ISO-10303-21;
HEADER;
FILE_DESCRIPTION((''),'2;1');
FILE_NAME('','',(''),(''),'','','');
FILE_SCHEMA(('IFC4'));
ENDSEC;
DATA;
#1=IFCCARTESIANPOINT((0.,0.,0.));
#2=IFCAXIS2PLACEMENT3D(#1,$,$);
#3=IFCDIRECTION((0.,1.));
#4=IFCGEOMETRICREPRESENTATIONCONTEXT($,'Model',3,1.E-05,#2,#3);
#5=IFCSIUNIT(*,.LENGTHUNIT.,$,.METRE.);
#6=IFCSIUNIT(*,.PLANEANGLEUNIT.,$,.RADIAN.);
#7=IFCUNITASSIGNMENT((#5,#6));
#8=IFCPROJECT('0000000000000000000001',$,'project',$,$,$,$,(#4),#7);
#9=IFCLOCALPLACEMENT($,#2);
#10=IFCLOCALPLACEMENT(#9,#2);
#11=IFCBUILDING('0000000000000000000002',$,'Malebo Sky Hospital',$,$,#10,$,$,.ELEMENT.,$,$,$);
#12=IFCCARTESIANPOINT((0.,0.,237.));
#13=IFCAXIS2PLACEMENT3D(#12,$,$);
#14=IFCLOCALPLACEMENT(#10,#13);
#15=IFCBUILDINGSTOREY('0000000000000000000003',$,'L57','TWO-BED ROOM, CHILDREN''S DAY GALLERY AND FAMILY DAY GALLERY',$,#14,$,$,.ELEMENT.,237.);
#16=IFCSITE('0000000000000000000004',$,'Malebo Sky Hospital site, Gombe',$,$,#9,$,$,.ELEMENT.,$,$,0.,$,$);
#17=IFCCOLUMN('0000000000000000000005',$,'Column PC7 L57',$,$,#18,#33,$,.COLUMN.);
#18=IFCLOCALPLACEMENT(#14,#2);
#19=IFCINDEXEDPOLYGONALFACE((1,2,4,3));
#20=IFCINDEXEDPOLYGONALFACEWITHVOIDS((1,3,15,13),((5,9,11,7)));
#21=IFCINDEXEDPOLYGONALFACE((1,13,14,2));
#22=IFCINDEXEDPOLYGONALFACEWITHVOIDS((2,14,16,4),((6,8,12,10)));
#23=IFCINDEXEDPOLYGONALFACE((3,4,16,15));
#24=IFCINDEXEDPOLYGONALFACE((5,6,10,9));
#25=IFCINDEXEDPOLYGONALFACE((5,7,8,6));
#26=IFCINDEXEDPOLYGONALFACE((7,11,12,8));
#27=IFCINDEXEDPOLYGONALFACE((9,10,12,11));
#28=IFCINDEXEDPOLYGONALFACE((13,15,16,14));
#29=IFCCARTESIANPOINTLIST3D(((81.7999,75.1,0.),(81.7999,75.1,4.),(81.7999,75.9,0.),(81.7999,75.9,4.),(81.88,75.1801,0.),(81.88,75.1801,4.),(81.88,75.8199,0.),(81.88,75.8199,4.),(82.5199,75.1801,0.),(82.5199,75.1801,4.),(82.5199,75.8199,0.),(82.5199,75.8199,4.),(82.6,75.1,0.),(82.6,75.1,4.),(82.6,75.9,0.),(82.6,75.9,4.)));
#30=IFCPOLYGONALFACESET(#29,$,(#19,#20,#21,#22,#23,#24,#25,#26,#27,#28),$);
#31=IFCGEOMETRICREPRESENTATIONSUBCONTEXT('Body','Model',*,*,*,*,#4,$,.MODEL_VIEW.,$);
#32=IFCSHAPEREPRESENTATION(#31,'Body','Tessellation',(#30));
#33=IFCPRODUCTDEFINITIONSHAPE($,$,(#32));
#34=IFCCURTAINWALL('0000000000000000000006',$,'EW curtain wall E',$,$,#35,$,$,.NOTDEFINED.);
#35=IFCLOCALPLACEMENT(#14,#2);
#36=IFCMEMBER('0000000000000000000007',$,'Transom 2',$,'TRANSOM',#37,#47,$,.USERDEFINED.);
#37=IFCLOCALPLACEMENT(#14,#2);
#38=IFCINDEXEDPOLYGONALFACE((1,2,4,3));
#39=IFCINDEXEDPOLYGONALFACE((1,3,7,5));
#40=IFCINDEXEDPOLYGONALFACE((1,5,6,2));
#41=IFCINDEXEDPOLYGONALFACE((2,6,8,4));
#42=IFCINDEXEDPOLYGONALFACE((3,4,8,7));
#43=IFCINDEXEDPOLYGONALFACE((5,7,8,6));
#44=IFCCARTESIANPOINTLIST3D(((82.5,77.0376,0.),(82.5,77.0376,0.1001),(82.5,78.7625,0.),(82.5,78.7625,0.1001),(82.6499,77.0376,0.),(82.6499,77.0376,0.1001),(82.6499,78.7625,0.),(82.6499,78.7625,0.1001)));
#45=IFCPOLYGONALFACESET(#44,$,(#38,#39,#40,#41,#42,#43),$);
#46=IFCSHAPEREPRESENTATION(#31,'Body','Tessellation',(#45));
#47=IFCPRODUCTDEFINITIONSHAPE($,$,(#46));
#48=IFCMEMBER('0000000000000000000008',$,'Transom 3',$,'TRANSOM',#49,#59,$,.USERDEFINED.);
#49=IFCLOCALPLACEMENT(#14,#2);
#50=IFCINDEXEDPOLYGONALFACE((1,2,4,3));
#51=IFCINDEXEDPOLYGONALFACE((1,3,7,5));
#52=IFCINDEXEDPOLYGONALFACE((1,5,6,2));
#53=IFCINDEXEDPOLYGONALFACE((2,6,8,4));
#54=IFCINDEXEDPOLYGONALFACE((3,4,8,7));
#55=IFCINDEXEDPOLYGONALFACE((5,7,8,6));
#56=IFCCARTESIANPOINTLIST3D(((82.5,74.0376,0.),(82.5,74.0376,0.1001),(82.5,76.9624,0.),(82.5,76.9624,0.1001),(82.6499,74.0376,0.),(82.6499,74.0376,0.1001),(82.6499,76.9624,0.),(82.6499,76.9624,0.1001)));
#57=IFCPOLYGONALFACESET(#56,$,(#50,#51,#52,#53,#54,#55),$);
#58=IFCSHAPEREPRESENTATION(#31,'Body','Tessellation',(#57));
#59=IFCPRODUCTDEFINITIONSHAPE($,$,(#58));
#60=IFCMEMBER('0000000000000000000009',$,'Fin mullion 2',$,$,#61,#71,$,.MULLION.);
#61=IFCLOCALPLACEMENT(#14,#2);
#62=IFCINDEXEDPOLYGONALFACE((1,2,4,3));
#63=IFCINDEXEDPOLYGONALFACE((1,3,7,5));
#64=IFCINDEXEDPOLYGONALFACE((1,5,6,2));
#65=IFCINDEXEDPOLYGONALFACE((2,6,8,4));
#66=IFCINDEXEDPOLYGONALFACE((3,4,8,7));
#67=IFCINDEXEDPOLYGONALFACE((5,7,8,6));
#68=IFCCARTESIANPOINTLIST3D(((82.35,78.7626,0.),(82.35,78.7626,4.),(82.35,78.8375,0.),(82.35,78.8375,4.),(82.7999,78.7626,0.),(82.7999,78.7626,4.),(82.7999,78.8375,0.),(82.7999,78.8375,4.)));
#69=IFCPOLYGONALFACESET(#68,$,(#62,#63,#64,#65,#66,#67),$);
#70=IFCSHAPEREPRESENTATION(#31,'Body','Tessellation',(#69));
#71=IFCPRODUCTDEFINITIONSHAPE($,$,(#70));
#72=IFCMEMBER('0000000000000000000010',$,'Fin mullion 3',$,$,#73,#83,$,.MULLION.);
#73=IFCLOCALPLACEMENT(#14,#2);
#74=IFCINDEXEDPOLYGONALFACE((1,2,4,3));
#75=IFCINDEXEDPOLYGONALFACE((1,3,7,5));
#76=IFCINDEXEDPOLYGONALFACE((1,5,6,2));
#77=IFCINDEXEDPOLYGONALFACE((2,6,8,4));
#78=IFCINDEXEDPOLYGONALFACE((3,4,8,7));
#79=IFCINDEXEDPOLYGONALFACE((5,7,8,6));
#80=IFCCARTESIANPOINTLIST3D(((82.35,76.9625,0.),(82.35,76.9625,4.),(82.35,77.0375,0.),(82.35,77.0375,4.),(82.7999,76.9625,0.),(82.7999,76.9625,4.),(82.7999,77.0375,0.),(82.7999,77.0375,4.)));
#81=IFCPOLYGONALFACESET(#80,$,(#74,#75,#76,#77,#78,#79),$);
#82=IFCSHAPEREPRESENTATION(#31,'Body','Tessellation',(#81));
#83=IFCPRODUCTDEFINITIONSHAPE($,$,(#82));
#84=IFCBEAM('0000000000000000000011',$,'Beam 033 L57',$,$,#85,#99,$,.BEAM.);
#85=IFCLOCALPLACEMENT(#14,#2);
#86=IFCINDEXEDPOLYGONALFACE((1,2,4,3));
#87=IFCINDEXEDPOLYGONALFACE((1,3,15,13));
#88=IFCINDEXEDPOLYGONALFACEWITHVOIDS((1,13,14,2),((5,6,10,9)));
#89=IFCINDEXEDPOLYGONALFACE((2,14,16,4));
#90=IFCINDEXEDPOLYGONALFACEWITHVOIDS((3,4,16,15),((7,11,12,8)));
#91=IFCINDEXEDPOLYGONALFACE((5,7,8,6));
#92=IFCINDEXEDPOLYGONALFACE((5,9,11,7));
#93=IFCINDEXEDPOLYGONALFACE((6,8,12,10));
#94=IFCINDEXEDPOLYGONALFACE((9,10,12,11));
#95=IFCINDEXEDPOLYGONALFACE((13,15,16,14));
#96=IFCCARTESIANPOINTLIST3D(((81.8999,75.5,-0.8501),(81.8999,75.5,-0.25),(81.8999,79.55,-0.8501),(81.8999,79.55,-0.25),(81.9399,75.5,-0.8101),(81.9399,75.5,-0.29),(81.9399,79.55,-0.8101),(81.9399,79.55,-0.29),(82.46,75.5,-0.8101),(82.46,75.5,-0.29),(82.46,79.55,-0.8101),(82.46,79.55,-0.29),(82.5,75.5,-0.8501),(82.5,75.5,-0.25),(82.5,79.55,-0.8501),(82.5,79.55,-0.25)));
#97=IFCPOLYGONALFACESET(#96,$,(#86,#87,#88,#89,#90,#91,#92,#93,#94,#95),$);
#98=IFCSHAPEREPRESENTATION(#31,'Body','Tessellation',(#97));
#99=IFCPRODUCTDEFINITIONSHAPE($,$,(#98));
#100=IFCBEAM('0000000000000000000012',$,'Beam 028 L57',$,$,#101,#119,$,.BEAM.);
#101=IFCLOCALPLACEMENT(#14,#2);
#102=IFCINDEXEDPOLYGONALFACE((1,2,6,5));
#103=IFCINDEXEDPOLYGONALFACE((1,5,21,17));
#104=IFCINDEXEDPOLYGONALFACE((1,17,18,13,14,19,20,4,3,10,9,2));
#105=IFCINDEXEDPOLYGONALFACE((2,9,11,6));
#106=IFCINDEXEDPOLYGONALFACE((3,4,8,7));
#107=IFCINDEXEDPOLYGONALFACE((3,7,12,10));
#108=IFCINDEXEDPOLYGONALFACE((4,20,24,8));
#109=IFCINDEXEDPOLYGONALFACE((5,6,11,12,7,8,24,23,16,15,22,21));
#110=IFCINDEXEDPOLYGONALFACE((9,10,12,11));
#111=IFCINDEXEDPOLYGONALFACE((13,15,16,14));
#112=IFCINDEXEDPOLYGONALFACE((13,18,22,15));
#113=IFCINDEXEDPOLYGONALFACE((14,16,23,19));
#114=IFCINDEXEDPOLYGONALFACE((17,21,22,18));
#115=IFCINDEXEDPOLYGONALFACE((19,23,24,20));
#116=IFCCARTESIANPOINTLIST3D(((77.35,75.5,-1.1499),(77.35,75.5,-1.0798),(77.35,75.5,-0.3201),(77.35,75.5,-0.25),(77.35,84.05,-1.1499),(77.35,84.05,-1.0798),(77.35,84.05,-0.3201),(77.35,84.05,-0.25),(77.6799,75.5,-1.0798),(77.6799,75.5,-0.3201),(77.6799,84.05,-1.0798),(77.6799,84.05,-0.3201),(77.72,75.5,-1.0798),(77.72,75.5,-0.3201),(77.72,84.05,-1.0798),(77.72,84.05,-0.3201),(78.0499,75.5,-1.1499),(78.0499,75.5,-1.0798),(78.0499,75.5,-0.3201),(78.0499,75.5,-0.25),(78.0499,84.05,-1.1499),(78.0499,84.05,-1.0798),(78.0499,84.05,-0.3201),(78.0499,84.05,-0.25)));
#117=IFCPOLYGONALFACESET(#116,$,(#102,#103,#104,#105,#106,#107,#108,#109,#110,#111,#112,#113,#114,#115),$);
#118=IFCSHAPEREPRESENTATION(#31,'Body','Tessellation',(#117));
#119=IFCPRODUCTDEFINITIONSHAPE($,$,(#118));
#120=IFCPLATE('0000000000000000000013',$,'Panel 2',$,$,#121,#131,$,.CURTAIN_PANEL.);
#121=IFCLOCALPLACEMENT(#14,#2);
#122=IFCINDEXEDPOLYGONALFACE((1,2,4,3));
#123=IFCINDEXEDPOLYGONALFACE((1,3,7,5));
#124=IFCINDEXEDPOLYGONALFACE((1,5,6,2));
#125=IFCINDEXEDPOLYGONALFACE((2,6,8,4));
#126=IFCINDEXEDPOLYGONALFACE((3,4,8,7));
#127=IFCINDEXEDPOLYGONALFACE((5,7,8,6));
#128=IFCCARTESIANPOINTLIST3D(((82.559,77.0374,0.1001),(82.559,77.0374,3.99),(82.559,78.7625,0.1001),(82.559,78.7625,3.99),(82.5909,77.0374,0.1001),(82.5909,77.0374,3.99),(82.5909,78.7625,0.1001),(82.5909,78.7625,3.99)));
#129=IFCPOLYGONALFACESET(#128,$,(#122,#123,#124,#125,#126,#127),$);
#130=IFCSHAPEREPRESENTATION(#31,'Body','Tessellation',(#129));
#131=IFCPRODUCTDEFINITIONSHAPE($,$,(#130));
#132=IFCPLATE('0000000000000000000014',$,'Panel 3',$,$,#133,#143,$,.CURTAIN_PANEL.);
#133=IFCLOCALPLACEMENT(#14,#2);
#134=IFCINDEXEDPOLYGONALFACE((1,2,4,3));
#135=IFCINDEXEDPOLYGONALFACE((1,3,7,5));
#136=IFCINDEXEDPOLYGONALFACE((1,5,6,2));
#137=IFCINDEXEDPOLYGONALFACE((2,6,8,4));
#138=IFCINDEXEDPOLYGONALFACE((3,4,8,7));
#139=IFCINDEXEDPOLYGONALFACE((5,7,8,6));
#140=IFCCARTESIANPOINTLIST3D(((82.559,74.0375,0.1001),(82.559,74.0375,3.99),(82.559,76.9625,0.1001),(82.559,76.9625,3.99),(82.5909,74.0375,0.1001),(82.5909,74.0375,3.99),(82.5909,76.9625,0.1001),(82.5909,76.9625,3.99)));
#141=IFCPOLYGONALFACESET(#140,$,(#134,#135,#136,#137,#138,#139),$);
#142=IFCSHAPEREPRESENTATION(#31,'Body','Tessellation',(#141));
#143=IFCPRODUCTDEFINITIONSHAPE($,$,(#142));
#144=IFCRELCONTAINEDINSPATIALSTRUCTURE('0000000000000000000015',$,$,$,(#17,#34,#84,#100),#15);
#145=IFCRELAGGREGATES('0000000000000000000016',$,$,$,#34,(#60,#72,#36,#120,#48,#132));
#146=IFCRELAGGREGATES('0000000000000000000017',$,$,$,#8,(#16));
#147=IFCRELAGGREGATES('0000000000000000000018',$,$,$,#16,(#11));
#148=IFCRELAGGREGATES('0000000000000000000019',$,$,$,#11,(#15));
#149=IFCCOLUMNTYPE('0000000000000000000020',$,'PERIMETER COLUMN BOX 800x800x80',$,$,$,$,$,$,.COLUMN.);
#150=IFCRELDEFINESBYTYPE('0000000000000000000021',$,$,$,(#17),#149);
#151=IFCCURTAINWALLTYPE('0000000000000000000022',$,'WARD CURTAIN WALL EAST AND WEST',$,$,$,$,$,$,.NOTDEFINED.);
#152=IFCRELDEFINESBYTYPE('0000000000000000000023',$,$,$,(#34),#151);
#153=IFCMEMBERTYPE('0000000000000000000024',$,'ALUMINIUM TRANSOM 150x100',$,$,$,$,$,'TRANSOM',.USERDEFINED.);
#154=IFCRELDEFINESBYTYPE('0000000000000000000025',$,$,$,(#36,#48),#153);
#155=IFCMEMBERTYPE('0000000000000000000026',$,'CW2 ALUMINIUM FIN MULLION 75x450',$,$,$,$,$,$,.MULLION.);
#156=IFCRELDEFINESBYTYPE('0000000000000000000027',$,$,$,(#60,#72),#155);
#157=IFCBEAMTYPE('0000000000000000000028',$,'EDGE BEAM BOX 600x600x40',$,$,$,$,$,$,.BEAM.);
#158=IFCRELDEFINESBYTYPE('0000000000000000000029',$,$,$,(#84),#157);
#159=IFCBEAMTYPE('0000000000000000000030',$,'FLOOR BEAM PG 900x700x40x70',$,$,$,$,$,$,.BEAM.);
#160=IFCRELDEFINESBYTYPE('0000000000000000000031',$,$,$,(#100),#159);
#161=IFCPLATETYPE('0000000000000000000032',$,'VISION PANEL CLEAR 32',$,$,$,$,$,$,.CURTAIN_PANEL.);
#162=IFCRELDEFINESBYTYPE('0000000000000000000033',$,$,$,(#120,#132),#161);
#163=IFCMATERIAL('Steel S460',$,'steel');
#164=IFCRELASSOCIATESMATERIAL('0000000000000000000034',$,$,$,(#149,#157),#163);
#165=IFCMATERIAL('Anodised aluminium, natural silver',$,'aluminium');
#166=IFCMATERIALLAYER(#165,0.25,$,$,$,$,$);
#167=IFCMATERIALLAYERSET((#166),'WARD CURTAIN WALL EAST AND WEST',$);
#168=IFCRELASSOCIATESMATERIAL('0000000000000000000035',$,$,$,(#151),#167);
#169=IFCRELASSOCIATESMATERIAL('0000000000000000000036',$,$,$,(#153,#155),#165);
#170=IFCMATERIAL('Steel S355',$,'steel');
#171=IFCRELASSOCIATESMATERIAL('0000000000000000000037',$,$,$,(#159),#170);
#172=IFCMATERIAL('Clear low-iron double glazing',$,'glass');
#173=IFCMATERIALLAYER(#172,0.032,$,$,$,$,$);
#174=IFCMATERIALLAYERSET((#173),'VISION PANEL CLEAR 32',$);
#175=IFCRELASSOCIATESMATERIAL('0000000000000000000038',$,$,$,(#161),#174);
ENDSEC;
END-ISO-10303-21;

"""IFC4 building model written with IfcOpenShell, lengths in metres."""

from ifc_helpers import new_model, si_unit, direction, frame, origin, origin_2d, place, context, subcontext, project, spatial, rectangle, hollow_rectangle, i_section, extrude, material, layer, layer_set, material_profile, profile_set, type_object, element, aggregate, save


model = new_model("IFC4")

# Units and contexts
model_context = context("Model", 3, precision=1e-05, world=origin(), true_north=direction((0.0, 1.0)))
body_context = subcontext(model_context, "Body", "Model", "MODEL_VIEW")
ifc_project = project(units=[si_unit("LENGTHUNIT", "METRE"), si_unit("PLANEANGLEUNIT", "RADIAN")], contexts=[model_context])

# Site, building, storey
site_placement = place(None, origin())
site = spatial("IfcSite", under=ifc_project, at=site_placement, Name="Malebo Sky Hospital site, Gombe", CompositionType="ELEMENT", RefElevation=0.0)
building_placement = place(site_placement, origin())
building = spatial("IfcBuilding", under=site, at=building_placement, Name="Malebo Sky Hospital", CompositionType="ELEMENT")
storey_placement = place(building_placement, frame((0.0, 0.0, 237.0)))
storey = spatial("IfcBuildingStorey", under=building, at=storey_placement, Name="L57", Description="TWO-BED ROOM, CHILDREN'S DAY GALLERY AND FAMILY DAY GALLERY", CompositionType="ELEMENT", Elevation=237.0)

# Column
ifc_material_1 = material(Name="Steel S460", Category="steel")
ifc_material_profile_1 = material_profile(ifc_material_1, hollow_rectangle(XDim=0.8, YDim=0.8, WallThickness=0.0801, at=origin_2d()), Name="BOX 800x800x80")
ifc_profile_set_1 = profile_set([ifc_material_profile_1], Name="Steel S460")
column_type = type_object("IfcColumnType", Name="PERIMETER COLUMN BOX 800x800x80", PredefinedType="COLUMN", material=ifc_profile_set_1)
column_placement = place(storey_placement, frame((82.2, 75.5, 0.0), z_axis=(0.0, 0.0, 1.0), x_axis=(1.0, 0.0, 0.0)))
element("IfcColumn", 1, at=column_placement, inside=storey, type_object=column_type, Name="Column PC7 L57", PredefinedType="COLUMN", context=body_context, shape_type="SweptSolid", body=[
    extrude(hollow_rectangle(XDim=0.8, YDim=0.8, WallThickness=0.0801, at=origin_2d()), origin(), (0.0, 0.0, 1.0), 4.0),
])

# Curtain wall, members
ifc_material_2 = material(Name="Anodised aluminium, natural silver", Category="aluminium")
ifc_layer_1 = layer(ifc_material_2, 0.25)
ifc_layer_set_1 = layer_set([ifc_layer_1], Name="WARD CURTAIN WALL EAST AND WEST")
curtain_wall_type = type_object("IfcCurtainWallType", Name="WARD CURTAIN WALL EAST AND WEST", PredefinedType="NOTDEFINED", material=ifc_layer_set_1)
curtain_wall_placement = place(storey_placement, origin())
curtain_wall = element("IfcCurtainWall", 2, at=curtain_wall_placement, inside=storey, type_object=curtain_wall_type, Name="EW curtain wall E", PredefinedType="NOTDEFINED")
ifc_material_profile_2 = material_profile(ifc_material_2, rectangle(XDim=0.1499, YDim=0.1001, at=origin_2d()), Name="ALUMINIUM TRANSOM 150x100")
ifc_profile_set_2 = profile_set([ifc_material_profile_2], Name="Anodised aluminium, natural silver")
member_type_1 = type_object("IfcMemberType", Name="ALUMINIUM TRANSOM 150x100", ElementType="TRANSOM", PredefinedType="USERDEFINED", material=ifc_profile_set_2)
member_1_placement = place(storey_placement, frame((82.575, 78.7625, 0.05), z_axis=(0.0, -1.0, 0.0), x_axis=(1.0, 0.0, 0.0)))
member_1 = element("IfcMember", 3, at=member_1_placement, type_object=member_type_1, Name="Transom 2", ObjectType="TRANSOM", PredefinedType="USERDEFINED", context=body_context, shape_type="SweptSolid", body=[
    extrude(rectangle(XDim=0.1499, YDim=0.1001, at=origin_2d()), origin(), (0.0, 0.0, 1.0), 1.7249),
])
member_2_placement = place(storey_placement, frame((82.575, 76.9624, 0.05), z_axis=(0.0, -1.0, 0.0), x_axis=(1.0, 0.0, 0.0)))
member_2 = element("IfcMember", 4, at=member_2_placement, type_object=member_type_1, Name="Transom 3", ObjectType="TRANSOM", PredefinedType="USERDEFINED", context=body_context, shape_type="SweptSolid", body=[
    extrude(rectangle(XDim=0.1499, YDim=0.1001, at=origin_2d()), origin(), (0.0, 0.0, 1.0), 2.9248),
])
ifc_material_profile_3 = material_profile(ifc_material_2, rectangle(XDim=0.075, YDim=0.45, at=origin_2d()), Name="CW2 ALUMINIUM FIN MULLION 75x450")
ifc_profile_set_3 = profile_set([ifc_material_profile_3], Name="Anodised aluminium, natural silver")
member_type_2 = type_object("IfcMemberType", Name="CW2 ALUMINIUM FIN MULLION 75x450", PredefinedType="MULLION", material=ifc_profile_set_3)
member_3_placement = place(storey_placement, frame((82.575, 78.8, 0.0), z_axis=(0.0, 0.0, 1.0), x_axis=(0.0, -1.0, 0.0)))
member_3 = element("IfcMember", 5, at=member_3_placement, type_object=member_type_2, Name="Fin mullion 2", PredefinedType="MULLION", context=body_context, shape_type="SweptSolid", body=[
    extrude(rectangle(XDim=0.075, YDim=0.45, at=origin_2d()), origin(), (0.0, 0.0, 1.0), 4.0),
])
member_4_placement = place(storey_placement, frame((82.575, 77.0, 0.0), z_axis=(0.0, 0.0, 1.0), x_axis=(0.0, -1.0, 0.0)))
member_4 = element("IfcMember", 6, at=member_4_placement, type_object=member_type_2, Name="Fin mullion 3", PredefinedType="MULLION", context=body_context, shape_type="SweptSolid", body=[
    extrude(rectangle(XDim=0.075, YDim=0.45, at=origin_2d()), origin(), (0.0, 0.0, 1.0), 4.0),
])

# Beams
ifc_material_profile_4 = material_profile(ifc_material_1, hollow_rectangle(XDim=0.6001, YDim=0.6001, WallThickness=0.04, at=origin_2d()), Name="BOX 600x600x40")
ifc_profile_set_4 = profile_set([ifc_material_profile_4], Name="Steel S460")
beam_type_1 = type_object("IfcBeamType", Name="EDGE BEAM BOX 600x600x40", PredefinedType="BEAM", material=ifc_profile_set_4)
beam_1_placement = place(storey_placement, frame((82.2, 75.5, -0.55), z_axis=(0.0, 1.0, 0.0), x_axis=(-1.0, 0.0, 0.0)))
element("IfcBeam", 7, at=beam_1_placement, inside=storey, type_object=beam_type_1, Name="Beam 033 L57", PredefinedType="BEAM", context=body_context, shape_type="SweptSolid", body=[
    extrude(hollow_rectangle(XDim=0.6001, YDim=0.6001, WallThickness=0.04, at=origin_2d()), origin(), (0.0, 0.0, 1.0), 4.05),
])
ifc_material_3 = material(Name="Steel S355", Category="steel")
ifc_material_profile_5 = material_profile(ifc_material_3, i_section(OverallWidth=0.7, OverallDepth=0.8999, WebThickness=0.04, FlangeThickness=0.0701, at=origin_2d()), Name="PG 900x700x40x70")
ifc_profile_set_5 = profile_set([ifc_material_profile_5], Name="Steel S355")
beam_type_2 = type_object("IfcBeamType", Name="FLOOR BEAM PG 900x700x40x70", PredefinedType="BEAM", material=ifc_profile_set_5)
beam_2_placement = place(storey_placement, frame((77.7, 75.5, -0.7), z_axis=(0.0, 1.0, 0.0), x_axis=(-1.0, 0.0, 0.0)))
element("IfcBeam", 8, at=beam_2_placement, inside=storey, type_object=beam_type_2, Name="Beam 028 L57", PredefinedType="BEAM", context=body_context, shape_type="SweptSolid", body=[
    extrude(i_section(OverallWidth=0.7, OverallDepth=0.8999, WebThickness=0.04, FlangeThickness=0.0701, at=origin_2d()), origin(), (0.0, 0.0, 1.0), 8.55),
])

# Plates
ifc_material_4 = material(Name="Clear low-iron double glazing", Category="glass")
ifc_layer_2 = layer(ifc_material_4, 0.032)
ifc_layer_set_2 = layer_set([ifc_layer_2], Name="VISION PANEL CLEAR 32")
plate_type = type_object("IfcPlateType", Name="VISION PANEL CLEAR 32", PredefinedType="CURTAIN_PANEL", material=ifc_layer_set_2)
plate_1_placement = place(storey_placement, frame((82.575, 77.8999, 0.1001), z_axis=(0.0, 0.0, 1.0), x_axis=(0.0, -1.0, 0.0)))
plate_1 = element("IfcPlate", 9, at=plate_1_placement, type_object=plate_type, Name="Panel 2", PredefinedType="CURTAIN_PANEL", context=body_context, shape_type="SweptSolid", body=[
    extrude(rectangle(XDim=1.7251, YDim=0.032, at=origin_2d()), origin(), (0.0, 0.0, 1.0), 3.8899),
])
plate_2_placement = place(storey_placement, frame((82.575, 75.5, 0.1001), z_axis=(0.0, 0.0, 1.0), x_axis=(0.0, -1.0, 0.0)))
plate_2 = element("IfcPlate", 10, at=plate_2_placement, type_object=plate_type, Name="Panel 3", PredefinedType="CURTAIN_PANEL", context=body_context, shape_type="SweptSolid", body=[
    extrude(rectangle(XDim=2.925, YDim=0.032, at=origin_2d()), origin(), (0.0, 0.0, 1.0), 3.8899),
])
aggregate(curtain_wall, [member_3, member_4, member_1, plate_1, member_2, plate_2])

save(model, "model.ifc")
